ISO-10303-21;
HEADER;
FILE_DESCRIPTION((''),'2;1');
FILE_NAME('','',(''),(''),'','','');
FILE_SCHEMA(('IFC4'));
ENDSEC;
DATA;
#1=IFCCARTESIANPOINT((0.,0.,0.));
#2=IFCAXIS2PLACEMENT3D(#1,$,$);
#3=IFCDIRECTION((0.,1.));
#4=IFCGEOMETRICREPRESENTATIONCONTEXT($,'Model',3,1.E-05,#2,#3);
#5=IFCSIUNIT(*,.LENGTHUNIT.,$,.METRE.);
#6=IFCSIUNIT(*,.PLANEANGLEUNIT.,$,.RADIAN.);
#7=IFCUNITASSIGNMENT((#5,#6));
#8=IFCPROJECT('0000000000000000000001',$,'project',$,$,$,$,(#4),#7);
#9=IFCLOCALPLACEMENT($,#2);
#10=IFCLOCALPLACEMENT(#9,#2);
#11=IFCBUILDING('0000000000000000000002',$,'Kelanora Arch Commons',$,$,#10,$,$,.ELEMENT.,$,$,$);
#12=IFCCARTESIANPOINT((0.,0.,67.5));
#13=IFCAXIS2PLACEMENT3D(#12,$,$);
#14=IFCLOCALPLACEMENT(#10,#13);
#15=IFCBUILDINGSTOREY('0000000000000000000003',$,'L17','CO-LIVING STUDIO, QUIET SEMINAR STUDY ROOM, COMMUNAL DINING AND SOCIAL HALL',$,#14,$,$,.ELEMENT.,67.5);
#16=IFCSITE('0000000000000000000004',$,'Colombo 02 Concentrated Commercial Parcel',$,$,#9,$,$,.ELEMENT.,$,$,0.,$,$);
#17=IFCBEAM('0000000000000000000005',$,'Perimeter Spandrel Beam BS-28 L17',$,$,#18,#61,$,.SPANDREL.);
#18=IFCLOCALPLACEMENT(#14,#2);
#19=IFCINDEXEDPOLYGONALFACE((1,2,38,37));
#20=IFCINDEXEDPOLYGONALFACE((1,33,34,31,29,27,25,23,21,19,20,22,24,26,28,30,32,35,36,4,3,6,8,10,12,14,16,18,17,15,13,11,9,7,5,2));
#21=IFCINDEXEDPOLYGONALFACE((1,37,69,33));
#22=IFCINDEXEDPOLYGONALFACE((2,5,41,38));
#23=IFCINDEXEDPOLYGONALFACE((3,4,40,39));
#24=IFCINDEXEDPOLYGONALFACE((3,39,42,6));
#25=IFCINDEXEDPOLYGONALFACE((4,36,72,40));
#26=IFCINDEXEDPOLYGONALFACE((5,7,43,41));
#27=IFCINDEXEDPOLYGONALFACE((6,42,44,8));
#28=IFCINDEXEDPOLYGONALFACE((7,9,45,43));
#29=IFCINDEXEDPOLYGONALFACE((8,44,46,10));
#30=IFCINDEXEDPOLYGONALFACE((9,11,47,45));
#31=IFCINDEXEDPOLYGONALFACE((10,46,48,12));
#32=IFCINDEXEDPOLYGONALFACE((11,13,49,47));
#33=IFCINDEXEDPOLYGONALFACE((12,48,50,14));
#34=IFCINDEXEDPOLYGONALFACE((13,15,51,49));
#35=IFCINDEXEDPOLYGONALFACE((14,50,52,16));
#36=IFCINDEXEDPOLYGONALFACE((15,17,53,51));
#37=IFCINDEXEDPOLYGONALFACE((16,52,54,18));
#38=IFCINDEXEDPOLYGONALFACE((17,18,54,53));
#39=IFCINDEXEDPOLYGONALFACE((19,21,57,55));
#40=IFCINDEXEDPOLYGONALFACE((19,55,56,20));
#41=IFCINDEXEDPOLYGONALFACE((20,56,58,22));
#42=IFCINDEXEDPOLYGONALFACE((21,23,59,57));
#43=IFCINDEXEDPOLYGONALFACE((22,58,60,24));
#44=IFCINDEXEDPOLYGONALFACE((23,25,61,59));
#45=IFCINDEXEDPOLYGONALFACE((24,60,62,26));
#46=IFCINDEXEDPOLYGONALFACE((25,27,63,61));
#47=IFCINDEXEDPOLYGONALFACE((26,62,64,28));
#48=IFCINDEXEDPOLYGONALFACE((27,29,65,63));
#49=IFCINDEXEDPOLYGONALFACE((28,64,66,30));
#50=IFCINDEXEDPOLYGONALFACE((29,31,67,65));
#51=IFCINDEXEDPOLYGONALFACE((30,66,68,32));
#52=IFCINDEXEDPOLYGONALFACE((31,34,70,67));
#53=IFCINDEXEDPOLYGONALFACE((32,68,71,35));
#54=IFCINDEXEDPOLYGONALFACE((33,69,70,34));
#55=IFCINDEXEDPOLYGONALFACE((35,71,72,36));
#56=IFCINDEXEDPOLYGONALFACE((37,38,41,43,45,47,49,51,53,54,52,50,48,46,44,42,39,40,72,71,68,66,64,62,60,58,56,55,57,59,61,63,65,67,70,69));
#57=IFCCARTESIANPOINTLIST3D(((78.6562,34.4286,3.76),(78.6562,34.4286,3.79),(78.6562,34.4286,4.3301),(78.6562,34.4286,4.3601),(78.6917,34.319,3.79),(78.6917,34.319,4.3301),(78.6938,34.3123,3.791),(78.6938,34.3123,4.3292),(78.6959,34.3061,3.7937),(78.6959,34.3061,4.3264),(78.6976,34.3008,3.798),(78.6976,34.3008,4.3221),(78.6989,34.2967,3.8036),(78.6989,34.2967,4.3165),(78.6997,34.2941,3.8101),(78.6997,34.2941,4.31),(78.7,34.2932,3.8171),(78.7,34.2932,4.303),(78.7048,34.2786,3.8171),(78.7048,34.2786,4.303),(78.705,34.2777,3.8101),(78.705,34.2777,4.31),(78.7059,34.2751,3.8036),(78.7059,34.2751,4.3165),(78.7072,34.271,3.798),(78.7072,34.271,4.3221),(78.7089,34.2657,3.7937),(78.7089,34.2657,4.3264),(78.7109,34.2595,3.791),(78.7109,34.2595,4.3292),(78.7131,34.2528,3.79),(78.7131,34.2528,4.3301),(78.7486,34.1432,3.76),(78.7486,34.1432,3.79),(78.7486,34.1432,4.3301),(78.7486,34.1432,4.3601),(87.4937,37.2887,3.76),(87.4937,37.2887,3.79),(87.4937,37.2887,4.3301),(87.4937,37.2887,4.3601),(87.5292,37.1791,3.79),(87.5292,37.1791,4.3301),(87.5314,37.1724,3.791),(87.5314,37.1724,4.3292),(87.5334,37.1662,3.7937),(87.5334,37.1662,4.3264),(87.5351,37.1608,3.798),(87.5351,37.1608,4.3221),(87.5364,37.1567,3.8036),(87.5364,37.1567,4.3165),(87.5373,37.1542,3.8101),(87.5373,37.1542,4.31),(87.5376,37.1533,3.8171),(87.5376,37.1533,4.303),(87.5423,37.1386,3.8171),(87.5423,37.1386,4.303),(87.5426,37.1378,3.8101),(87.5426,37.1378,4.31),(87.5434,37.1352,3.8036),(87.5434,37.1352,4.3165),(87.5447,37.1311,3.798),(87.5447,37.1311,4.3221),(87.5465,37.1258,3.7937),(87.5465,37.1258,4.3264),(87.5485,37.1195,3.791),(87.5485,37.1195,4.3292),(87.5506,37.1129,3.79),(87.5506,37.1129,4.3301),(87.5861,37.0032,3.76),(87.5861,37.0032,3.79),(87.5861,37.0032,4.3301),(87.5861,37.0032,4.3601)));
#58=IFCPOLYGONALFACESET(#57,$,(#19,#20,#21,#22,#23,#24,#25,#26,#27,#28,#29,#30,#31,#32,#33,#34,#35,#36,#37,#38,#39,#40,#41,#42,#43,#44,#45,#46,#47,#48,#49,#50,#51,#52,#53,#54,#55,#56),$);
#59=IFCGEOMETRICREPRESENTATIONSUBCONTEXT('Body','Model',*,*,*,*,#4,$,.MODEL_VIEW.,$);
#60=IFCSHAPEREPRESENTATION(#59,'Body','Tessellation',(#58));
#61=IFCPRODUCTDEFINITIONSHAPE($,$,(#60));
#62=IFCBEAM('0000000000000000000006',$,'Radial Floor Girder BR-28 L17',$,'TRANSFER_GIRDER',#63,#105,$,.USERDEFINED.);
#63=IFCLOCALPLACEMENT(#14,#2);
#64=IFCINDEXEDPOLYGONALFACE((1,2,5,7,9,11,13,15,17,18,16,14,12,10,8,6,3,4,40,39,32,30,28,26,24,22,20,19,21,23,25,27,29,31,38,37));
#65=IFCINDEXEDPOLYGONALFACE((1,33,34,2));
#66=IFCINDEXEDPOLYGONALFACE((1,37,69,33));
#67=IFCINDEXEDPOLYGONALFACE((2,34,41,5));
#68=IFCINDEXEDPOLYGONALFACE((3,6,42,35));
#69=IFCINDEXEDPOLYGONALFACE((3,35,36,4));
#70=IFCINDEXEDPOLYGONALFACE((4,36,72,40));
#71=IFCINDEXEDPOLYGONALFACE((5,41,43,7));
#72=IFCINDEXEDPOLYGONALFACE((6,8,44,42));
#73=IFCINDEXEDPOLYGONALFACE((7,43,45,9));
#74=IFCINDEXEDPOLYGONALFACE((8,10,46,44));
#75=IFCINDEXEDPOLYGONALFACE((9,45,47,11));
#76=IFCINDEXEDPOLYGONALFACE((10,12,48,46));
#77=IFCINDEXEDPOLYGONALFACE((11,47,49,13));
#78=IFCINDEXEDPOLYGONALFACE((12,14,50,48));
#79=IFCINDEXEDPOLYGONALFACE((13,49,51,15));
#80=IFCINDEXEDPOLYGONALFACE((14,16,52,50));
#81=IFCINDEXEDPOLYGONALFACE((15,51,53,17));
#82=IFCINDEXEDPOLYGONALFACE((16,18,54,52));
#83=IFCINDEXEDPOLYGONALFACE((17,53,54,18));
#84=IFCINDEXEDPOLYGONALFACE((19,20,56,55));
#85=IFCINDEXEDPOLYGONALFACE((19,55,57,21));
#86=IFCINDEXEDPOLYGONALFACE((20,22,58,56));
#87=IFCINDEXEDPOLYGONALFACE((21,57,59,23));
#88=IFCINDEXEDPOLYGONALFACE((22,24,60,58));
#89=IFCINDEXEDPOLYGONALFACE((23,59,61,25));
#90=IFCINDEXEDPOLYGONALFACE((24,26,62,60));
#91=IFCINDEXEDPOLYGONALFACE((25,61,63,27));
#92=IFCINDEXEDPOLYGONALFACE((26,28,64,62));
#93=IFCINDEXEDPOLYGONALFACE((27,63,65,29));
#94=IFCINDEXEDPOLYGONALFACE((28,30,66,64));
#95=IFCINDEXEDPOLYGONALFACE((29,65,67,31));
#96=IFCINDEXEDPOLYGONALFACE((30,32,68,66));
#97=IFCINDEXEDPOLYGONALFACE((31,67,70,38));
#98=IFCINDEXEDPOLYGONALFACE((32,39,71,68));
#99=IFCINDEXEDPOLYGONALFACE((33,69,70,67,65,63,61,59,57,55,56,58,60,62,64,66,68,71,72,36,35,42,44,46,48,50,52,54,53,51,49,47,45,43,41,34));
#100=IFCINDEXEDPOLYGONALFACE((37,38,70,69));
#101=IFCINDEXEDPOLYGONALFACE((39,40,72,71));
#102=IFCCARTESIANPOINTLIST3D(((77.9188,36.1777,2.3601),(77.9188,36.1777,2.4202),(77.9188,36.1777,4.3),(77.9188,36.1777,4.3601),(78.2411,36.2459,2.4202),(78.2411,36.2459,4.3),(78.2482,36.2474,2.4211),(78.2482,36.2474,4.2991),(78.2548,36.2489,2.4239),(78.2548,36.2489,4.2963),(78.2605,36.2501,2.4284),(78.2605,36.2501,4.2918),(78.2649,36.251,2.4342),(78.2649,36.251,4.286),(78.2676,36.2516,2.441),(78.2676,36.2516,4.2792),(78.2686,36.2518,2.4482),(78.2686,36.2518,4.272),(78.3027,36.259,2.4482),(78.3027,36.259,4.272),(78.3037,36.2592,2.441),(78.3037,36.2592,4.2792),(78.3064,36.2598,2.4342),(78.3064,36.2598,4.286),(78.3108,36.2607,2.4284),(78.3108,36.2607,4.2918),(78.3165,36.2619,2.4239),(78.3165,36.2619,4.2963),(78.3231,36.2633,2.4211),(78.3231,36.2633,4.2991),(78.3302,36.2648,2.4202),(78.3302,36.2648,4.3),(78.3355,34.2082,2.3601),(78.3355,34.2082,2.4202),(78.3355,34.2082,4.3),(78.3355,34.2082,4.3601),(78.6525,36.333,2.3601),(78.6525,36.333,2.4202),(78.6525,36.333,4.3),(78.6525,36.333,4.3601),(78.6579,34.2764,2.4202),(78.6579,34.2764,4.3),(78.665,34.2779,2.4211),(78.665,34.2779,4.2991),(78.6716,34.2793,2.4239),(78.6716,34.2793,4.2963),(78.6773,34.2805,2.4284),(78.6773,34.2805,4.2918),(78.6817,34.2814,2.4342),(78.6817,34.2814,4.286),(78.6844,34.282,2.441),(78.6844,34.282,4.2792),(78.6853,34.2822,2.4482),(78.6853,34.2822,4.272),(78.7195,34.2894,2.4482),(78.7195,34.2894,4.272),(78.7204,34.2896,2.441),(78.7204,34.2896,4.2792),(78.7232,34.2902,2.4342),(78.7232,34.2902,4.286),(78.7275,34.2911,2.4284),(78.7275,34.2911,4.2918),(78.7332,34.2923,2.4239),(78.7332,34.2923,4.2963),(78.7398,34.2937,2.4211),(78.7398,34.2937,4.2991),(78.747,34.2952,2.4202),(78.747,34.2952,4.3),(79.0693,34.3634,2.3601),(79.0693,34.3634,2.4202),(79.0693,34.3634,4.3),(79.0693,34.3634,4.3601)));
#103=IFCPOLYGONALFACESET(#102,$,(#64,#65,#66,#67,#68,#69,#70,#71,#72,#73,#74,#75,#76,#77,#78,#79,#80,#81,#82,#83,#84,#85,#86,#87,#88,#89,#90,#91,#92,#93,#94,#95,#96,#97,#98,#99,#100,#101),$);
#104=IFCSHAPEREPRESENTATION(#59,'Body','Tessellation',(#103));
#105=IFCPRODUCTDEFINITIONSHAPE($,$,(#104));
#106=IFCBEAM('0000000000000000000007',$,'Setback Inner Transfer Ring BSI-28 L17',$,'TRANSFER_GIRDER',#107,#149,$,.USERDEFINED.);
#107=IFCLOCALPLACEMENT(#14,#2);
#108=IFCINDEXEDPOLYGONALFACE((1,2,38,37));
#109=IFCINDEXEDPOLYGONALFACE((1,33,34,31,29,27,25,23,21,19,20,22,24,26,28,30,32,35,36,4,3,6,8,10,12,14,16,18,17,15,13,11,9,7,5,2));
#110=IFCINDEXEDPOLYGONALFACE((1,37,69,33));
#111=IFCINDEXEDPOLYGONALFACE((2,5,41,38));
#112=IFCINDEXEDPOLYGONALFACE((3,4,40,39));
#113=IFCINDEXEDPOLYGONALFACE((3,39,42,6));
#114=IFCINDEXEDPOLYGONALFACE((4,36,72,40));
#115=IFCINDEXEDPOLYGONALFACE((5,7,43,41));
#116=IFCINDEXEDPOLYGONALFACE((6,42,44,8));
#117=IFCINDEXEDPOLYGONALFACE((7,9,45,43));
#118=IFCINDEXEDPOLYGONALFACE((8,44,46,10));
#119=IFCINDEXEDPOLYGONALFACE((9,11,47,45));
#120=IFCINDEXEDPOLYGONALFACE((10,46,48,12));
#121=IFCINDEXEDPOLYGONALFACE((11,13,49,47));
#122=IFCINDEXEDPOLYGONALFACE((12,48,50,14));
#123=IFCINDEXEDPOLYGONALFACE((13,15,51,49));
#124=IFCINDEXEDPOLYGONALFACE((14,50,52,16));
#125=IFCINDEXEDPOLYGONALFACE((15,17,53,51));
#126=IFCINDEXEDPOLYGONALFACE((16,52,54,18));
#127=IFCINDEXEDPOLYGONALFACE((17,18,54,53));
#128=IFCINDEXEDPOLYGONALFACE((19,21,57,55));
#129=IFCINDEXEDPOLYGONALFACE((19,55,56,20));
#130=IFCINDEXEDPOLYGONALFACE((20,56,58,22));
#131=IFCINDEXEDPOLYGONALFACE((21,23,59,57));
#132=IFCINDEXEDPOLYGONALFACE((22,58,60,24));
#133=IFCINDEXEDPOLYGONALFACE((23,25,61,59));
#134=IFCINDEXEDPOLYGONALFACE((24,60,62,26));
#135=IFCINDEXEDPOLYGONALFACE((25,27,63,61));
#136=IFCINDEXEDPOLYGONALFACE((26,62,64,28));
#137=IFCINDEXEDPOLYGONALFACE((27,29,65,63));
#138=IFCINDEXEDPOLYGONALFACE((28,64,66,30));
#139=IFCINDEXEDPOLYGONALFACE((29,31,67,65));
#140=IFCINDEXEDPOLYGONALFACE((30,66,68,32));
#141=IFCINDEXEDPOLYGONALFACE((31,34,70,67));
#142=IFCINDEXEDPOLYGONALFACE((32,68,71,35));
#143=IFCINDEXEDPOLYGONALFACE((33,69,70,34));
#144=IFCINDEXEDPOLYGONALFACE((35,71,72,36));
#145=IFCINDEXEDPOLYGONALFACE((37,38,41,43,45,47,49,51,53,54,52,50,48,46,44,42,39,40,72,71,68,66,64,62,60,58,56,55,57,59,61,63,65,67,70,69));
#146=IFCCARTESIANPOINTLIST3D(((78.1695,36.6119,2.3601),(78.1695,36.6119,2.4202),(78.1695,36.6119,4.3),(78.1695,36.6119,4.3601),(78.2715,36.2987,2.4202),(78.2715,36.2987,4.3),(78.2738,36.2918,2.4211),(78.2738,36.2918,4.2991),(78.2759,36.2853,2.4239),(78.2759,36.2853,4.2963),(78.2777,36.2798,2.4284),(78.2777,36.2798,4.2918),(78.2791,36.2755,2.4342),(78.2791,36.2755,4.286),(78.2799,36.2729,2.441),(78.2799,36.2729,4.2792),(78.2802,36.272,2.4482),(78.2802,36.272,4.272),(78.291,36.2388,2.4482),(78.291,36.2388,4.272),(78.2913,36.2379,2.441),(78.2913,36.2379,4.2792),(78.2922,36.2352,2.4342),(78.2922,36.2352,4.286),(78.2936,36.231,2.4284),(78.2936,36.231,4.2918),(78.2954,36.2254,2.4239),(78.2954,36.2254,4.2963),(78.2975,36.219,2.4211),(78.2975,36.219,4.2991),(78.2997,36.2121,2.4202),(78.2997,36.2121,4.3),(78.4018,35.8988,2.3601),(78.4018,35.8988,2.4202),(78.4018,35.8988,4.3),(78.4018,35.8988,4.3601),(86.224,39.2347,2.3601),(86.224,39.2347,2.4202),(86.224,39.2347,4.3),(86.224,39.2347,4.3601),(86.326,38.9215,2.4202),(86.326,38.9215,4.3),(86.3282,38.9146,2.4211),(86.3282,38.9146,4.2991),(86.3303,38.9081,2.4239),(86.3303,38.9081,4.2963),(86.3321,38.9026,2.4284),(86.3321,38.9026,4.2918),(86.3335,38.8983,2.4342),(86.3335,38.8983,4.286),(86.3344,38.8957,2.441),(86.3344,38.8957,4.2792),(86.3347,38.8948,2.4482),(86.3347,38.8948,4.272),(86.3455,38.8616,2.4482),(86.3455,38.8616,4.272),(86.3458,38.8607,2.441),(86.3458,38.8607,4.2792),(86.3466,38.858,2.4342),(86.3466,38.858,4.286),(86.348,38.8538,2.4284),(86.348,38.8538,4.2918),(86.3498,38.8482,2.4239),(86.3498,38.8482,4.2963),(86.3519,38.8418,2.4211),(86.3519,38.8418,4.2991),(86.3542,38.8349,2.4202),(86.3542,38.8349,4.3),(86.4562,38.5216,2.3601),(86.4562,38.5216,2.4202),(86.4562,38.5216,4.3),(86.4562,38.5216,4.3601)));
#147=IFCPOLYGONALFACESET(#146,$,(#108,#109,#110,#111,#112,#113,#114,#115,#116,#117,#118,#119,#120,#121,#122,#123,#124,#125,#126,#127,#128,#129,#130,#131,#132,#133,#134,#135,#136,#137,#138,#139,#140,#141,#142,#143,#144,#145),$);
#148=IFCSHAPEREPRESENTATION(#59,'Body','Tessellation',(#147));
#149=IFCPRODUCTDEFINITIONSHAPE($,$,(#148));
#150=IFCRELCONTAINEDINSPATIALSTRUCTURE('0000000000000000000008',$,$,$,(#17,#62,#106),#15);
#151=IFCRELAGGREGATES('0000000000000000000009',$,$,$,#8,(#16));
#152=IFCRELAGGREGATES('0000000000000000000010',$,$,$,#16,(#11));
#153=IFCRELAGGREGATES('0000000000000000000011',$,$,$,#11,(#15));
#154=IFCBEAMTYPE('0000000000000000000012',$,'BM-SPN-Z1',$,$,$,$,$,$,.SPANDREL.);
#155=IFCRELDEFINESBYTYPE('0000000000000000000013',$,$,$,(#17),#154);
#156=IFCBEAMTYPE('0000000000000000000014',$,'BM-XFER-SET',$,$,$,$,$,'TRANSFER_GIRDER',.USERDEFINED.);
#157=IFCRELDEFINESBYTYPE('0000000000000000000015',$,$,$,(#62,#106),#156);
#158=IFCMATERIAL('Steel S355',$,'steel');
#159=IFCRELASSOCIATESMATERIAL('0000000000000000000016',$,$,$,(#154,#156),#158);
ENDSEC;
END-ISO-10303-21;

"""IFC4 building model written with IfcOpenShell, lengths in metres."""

from ifc_helpers import new_model, si_unit, direction, frame, origin, origin_2d, place, context, subcontext, project, spatial, i_section, extrude, material, material_profile, profile_set, type_object, element, save


model = new_model("IFC4")

# Units and contexts
model_context = context("Model", 3, precision=1e-05, world=origin(), true_north=direction((0.0, 1.0)))
body_context = subcontext(model_context, "Body", "Model", "MODEL_VIEW")
ifc_project = project(units=[si_unit("LENGTHUNIT", "METRE"), si_unit("PLANEANGLEUNIT", "RADIAN")], contexts=[model_context])

# Site, building, storey
site_placement = place(None, origin())
site = spatial("IfcSite", under=ifc_project, at=site_placement, Name="Colombo 02 Concentrated Commercial Parcel", CompositionType="ELEMENT", RefElevation=0.0)
building_placement = place(site_placement, origin())
building = spatial("IfcBuilding", under=site, at=building_placement, Name="Kelanora Arch Commons", CompositionType="ELEMENT")
storey_placement = place(building_placement, frame((0.0, 0.0, 67.5)))
storey = spatial("IfcBuildingStorey", under=building, at=storey_placement, Name="L17", Description="CO-LIVING STUDIO, QUIET SEMINAR STUDY ROOM, COMMUNAL DINING AND SOCIAL HALL", CompositionType="ELEMENT", Elevation=67.5)

# Beams
ifc_material_1 = material(Name="Steel S355", Category="steel")
ifc_material_profile_1 = material_profile(ifc_material_1, i_section(OverallWidth=0.3, OverallDepth=0.6001, WebThickness=0.0154, FlangeThickness=0.03, FilletRadius=0.0271, at=origin_2d()), Name="HEB600")
ifc_profile_set_1 = profile_set([ifc_material_profile_1], Name="Steel S355")
beam_type_1 = type_object("IfcBeamType", Name="BM-SPN-Z1", PredefinedType="SPANDREL", material=ifc_profile_set_1)
beam_1_placement = place(storey_placement, frame((78.7024, 34.2859, 4.0601), z_axis=(0.951417, 0.307905, 0.0), x_axis=(-0.307905, 0.951417, 0.0)))
element("IfcBeam", 1, at=beam_1_placement, inside=storey, type_object=beam_type_1, Name="Perimeter Spandrel Beam BS-28 L17", PredefinedType="SPANDREL", context=body_context, shape_type="SweptSolid", body=[
    extrude(i_section(OverallWidth=0.3, OverallDepth=0.6001, WebThickness=0.0154, FlangeThickness=0.03, FilletRadius=0.0271, at=origin_2d()), origin(), (0.0, 0.0, 1.0), 9.2888),
])
ifc_material_profile_2 = material_profile(ifc_material_1, i_section(OverallWidth=0.75, OverallDepth=2.0, WebThickness=0.0349, FlangeThickness=0.0601, FilletRadius=0.0281, at=origin_2d()), Name="PG2000x750")
ifc_profile_set_2 = profile_set([ifc_material_profile_2], Name="Steel S355")
beam_type_2 = type_object("IfcBeamType", Name="BM-XFER-SET", ElementType="TRANSFER_GIRDER", PredefinedType="USERDEFINED", material=ifc_profile_set_2)
beam_2_placement = place(storey_placement, frame((78.2856, 36.2554, 3.3601), z_axis=(0.207019, -0.978337, 0.0), x_axis=(0.978337, 0.207019, 0.0)))
element("IfcBeam", 2, at=beam_2_placement, inside=storey, type_object=beam_type_2, Name="Radial Floor Girder BR-28 L17", ObjectType="TRANSFER_GIRDER", PredefinedType="USERDEFINED", context=body_context, shape_type="SweptSolid", body=[
    extrude(i_section(OverallWidth=0.75, OverallDepth=2.0, WebThickness=0.0349, FlangeThickness=0.0601, FilletRadius=0.0281, at=origin_2d()), origin(), (0.0, 0.0, 1.0), 2.0132),
])
beam_3_placement = place(storey_placement, frame((78.2856, 36.2554, 3.3601), z_axis=(0.950857, 0.309631, 0.0), x_axis=(-0.309631, 0.950857, 0.0)))
element("IfcBeam", 3, at=beam_3_placement, inside=storey, type_object=beam_type_2, Name="Setback Inner Transfer Ring BSI-28 L17", ObjectType="TRANSFER_GIRDER", PredefinedType="USERDEFINED", context=body_context, shape_type="SweptSolid", body=[
    extrude(i_section(OverallWidth=0.75, OverallDepth=2.0, WebThickness=0.0349, FlangeThickness=0.0601, FilletRadius=0.0281, at=origin_2d()), origin(), (0.0, 0.0, 1.0), 8.4707),
])

save(model, "model.ifc")
